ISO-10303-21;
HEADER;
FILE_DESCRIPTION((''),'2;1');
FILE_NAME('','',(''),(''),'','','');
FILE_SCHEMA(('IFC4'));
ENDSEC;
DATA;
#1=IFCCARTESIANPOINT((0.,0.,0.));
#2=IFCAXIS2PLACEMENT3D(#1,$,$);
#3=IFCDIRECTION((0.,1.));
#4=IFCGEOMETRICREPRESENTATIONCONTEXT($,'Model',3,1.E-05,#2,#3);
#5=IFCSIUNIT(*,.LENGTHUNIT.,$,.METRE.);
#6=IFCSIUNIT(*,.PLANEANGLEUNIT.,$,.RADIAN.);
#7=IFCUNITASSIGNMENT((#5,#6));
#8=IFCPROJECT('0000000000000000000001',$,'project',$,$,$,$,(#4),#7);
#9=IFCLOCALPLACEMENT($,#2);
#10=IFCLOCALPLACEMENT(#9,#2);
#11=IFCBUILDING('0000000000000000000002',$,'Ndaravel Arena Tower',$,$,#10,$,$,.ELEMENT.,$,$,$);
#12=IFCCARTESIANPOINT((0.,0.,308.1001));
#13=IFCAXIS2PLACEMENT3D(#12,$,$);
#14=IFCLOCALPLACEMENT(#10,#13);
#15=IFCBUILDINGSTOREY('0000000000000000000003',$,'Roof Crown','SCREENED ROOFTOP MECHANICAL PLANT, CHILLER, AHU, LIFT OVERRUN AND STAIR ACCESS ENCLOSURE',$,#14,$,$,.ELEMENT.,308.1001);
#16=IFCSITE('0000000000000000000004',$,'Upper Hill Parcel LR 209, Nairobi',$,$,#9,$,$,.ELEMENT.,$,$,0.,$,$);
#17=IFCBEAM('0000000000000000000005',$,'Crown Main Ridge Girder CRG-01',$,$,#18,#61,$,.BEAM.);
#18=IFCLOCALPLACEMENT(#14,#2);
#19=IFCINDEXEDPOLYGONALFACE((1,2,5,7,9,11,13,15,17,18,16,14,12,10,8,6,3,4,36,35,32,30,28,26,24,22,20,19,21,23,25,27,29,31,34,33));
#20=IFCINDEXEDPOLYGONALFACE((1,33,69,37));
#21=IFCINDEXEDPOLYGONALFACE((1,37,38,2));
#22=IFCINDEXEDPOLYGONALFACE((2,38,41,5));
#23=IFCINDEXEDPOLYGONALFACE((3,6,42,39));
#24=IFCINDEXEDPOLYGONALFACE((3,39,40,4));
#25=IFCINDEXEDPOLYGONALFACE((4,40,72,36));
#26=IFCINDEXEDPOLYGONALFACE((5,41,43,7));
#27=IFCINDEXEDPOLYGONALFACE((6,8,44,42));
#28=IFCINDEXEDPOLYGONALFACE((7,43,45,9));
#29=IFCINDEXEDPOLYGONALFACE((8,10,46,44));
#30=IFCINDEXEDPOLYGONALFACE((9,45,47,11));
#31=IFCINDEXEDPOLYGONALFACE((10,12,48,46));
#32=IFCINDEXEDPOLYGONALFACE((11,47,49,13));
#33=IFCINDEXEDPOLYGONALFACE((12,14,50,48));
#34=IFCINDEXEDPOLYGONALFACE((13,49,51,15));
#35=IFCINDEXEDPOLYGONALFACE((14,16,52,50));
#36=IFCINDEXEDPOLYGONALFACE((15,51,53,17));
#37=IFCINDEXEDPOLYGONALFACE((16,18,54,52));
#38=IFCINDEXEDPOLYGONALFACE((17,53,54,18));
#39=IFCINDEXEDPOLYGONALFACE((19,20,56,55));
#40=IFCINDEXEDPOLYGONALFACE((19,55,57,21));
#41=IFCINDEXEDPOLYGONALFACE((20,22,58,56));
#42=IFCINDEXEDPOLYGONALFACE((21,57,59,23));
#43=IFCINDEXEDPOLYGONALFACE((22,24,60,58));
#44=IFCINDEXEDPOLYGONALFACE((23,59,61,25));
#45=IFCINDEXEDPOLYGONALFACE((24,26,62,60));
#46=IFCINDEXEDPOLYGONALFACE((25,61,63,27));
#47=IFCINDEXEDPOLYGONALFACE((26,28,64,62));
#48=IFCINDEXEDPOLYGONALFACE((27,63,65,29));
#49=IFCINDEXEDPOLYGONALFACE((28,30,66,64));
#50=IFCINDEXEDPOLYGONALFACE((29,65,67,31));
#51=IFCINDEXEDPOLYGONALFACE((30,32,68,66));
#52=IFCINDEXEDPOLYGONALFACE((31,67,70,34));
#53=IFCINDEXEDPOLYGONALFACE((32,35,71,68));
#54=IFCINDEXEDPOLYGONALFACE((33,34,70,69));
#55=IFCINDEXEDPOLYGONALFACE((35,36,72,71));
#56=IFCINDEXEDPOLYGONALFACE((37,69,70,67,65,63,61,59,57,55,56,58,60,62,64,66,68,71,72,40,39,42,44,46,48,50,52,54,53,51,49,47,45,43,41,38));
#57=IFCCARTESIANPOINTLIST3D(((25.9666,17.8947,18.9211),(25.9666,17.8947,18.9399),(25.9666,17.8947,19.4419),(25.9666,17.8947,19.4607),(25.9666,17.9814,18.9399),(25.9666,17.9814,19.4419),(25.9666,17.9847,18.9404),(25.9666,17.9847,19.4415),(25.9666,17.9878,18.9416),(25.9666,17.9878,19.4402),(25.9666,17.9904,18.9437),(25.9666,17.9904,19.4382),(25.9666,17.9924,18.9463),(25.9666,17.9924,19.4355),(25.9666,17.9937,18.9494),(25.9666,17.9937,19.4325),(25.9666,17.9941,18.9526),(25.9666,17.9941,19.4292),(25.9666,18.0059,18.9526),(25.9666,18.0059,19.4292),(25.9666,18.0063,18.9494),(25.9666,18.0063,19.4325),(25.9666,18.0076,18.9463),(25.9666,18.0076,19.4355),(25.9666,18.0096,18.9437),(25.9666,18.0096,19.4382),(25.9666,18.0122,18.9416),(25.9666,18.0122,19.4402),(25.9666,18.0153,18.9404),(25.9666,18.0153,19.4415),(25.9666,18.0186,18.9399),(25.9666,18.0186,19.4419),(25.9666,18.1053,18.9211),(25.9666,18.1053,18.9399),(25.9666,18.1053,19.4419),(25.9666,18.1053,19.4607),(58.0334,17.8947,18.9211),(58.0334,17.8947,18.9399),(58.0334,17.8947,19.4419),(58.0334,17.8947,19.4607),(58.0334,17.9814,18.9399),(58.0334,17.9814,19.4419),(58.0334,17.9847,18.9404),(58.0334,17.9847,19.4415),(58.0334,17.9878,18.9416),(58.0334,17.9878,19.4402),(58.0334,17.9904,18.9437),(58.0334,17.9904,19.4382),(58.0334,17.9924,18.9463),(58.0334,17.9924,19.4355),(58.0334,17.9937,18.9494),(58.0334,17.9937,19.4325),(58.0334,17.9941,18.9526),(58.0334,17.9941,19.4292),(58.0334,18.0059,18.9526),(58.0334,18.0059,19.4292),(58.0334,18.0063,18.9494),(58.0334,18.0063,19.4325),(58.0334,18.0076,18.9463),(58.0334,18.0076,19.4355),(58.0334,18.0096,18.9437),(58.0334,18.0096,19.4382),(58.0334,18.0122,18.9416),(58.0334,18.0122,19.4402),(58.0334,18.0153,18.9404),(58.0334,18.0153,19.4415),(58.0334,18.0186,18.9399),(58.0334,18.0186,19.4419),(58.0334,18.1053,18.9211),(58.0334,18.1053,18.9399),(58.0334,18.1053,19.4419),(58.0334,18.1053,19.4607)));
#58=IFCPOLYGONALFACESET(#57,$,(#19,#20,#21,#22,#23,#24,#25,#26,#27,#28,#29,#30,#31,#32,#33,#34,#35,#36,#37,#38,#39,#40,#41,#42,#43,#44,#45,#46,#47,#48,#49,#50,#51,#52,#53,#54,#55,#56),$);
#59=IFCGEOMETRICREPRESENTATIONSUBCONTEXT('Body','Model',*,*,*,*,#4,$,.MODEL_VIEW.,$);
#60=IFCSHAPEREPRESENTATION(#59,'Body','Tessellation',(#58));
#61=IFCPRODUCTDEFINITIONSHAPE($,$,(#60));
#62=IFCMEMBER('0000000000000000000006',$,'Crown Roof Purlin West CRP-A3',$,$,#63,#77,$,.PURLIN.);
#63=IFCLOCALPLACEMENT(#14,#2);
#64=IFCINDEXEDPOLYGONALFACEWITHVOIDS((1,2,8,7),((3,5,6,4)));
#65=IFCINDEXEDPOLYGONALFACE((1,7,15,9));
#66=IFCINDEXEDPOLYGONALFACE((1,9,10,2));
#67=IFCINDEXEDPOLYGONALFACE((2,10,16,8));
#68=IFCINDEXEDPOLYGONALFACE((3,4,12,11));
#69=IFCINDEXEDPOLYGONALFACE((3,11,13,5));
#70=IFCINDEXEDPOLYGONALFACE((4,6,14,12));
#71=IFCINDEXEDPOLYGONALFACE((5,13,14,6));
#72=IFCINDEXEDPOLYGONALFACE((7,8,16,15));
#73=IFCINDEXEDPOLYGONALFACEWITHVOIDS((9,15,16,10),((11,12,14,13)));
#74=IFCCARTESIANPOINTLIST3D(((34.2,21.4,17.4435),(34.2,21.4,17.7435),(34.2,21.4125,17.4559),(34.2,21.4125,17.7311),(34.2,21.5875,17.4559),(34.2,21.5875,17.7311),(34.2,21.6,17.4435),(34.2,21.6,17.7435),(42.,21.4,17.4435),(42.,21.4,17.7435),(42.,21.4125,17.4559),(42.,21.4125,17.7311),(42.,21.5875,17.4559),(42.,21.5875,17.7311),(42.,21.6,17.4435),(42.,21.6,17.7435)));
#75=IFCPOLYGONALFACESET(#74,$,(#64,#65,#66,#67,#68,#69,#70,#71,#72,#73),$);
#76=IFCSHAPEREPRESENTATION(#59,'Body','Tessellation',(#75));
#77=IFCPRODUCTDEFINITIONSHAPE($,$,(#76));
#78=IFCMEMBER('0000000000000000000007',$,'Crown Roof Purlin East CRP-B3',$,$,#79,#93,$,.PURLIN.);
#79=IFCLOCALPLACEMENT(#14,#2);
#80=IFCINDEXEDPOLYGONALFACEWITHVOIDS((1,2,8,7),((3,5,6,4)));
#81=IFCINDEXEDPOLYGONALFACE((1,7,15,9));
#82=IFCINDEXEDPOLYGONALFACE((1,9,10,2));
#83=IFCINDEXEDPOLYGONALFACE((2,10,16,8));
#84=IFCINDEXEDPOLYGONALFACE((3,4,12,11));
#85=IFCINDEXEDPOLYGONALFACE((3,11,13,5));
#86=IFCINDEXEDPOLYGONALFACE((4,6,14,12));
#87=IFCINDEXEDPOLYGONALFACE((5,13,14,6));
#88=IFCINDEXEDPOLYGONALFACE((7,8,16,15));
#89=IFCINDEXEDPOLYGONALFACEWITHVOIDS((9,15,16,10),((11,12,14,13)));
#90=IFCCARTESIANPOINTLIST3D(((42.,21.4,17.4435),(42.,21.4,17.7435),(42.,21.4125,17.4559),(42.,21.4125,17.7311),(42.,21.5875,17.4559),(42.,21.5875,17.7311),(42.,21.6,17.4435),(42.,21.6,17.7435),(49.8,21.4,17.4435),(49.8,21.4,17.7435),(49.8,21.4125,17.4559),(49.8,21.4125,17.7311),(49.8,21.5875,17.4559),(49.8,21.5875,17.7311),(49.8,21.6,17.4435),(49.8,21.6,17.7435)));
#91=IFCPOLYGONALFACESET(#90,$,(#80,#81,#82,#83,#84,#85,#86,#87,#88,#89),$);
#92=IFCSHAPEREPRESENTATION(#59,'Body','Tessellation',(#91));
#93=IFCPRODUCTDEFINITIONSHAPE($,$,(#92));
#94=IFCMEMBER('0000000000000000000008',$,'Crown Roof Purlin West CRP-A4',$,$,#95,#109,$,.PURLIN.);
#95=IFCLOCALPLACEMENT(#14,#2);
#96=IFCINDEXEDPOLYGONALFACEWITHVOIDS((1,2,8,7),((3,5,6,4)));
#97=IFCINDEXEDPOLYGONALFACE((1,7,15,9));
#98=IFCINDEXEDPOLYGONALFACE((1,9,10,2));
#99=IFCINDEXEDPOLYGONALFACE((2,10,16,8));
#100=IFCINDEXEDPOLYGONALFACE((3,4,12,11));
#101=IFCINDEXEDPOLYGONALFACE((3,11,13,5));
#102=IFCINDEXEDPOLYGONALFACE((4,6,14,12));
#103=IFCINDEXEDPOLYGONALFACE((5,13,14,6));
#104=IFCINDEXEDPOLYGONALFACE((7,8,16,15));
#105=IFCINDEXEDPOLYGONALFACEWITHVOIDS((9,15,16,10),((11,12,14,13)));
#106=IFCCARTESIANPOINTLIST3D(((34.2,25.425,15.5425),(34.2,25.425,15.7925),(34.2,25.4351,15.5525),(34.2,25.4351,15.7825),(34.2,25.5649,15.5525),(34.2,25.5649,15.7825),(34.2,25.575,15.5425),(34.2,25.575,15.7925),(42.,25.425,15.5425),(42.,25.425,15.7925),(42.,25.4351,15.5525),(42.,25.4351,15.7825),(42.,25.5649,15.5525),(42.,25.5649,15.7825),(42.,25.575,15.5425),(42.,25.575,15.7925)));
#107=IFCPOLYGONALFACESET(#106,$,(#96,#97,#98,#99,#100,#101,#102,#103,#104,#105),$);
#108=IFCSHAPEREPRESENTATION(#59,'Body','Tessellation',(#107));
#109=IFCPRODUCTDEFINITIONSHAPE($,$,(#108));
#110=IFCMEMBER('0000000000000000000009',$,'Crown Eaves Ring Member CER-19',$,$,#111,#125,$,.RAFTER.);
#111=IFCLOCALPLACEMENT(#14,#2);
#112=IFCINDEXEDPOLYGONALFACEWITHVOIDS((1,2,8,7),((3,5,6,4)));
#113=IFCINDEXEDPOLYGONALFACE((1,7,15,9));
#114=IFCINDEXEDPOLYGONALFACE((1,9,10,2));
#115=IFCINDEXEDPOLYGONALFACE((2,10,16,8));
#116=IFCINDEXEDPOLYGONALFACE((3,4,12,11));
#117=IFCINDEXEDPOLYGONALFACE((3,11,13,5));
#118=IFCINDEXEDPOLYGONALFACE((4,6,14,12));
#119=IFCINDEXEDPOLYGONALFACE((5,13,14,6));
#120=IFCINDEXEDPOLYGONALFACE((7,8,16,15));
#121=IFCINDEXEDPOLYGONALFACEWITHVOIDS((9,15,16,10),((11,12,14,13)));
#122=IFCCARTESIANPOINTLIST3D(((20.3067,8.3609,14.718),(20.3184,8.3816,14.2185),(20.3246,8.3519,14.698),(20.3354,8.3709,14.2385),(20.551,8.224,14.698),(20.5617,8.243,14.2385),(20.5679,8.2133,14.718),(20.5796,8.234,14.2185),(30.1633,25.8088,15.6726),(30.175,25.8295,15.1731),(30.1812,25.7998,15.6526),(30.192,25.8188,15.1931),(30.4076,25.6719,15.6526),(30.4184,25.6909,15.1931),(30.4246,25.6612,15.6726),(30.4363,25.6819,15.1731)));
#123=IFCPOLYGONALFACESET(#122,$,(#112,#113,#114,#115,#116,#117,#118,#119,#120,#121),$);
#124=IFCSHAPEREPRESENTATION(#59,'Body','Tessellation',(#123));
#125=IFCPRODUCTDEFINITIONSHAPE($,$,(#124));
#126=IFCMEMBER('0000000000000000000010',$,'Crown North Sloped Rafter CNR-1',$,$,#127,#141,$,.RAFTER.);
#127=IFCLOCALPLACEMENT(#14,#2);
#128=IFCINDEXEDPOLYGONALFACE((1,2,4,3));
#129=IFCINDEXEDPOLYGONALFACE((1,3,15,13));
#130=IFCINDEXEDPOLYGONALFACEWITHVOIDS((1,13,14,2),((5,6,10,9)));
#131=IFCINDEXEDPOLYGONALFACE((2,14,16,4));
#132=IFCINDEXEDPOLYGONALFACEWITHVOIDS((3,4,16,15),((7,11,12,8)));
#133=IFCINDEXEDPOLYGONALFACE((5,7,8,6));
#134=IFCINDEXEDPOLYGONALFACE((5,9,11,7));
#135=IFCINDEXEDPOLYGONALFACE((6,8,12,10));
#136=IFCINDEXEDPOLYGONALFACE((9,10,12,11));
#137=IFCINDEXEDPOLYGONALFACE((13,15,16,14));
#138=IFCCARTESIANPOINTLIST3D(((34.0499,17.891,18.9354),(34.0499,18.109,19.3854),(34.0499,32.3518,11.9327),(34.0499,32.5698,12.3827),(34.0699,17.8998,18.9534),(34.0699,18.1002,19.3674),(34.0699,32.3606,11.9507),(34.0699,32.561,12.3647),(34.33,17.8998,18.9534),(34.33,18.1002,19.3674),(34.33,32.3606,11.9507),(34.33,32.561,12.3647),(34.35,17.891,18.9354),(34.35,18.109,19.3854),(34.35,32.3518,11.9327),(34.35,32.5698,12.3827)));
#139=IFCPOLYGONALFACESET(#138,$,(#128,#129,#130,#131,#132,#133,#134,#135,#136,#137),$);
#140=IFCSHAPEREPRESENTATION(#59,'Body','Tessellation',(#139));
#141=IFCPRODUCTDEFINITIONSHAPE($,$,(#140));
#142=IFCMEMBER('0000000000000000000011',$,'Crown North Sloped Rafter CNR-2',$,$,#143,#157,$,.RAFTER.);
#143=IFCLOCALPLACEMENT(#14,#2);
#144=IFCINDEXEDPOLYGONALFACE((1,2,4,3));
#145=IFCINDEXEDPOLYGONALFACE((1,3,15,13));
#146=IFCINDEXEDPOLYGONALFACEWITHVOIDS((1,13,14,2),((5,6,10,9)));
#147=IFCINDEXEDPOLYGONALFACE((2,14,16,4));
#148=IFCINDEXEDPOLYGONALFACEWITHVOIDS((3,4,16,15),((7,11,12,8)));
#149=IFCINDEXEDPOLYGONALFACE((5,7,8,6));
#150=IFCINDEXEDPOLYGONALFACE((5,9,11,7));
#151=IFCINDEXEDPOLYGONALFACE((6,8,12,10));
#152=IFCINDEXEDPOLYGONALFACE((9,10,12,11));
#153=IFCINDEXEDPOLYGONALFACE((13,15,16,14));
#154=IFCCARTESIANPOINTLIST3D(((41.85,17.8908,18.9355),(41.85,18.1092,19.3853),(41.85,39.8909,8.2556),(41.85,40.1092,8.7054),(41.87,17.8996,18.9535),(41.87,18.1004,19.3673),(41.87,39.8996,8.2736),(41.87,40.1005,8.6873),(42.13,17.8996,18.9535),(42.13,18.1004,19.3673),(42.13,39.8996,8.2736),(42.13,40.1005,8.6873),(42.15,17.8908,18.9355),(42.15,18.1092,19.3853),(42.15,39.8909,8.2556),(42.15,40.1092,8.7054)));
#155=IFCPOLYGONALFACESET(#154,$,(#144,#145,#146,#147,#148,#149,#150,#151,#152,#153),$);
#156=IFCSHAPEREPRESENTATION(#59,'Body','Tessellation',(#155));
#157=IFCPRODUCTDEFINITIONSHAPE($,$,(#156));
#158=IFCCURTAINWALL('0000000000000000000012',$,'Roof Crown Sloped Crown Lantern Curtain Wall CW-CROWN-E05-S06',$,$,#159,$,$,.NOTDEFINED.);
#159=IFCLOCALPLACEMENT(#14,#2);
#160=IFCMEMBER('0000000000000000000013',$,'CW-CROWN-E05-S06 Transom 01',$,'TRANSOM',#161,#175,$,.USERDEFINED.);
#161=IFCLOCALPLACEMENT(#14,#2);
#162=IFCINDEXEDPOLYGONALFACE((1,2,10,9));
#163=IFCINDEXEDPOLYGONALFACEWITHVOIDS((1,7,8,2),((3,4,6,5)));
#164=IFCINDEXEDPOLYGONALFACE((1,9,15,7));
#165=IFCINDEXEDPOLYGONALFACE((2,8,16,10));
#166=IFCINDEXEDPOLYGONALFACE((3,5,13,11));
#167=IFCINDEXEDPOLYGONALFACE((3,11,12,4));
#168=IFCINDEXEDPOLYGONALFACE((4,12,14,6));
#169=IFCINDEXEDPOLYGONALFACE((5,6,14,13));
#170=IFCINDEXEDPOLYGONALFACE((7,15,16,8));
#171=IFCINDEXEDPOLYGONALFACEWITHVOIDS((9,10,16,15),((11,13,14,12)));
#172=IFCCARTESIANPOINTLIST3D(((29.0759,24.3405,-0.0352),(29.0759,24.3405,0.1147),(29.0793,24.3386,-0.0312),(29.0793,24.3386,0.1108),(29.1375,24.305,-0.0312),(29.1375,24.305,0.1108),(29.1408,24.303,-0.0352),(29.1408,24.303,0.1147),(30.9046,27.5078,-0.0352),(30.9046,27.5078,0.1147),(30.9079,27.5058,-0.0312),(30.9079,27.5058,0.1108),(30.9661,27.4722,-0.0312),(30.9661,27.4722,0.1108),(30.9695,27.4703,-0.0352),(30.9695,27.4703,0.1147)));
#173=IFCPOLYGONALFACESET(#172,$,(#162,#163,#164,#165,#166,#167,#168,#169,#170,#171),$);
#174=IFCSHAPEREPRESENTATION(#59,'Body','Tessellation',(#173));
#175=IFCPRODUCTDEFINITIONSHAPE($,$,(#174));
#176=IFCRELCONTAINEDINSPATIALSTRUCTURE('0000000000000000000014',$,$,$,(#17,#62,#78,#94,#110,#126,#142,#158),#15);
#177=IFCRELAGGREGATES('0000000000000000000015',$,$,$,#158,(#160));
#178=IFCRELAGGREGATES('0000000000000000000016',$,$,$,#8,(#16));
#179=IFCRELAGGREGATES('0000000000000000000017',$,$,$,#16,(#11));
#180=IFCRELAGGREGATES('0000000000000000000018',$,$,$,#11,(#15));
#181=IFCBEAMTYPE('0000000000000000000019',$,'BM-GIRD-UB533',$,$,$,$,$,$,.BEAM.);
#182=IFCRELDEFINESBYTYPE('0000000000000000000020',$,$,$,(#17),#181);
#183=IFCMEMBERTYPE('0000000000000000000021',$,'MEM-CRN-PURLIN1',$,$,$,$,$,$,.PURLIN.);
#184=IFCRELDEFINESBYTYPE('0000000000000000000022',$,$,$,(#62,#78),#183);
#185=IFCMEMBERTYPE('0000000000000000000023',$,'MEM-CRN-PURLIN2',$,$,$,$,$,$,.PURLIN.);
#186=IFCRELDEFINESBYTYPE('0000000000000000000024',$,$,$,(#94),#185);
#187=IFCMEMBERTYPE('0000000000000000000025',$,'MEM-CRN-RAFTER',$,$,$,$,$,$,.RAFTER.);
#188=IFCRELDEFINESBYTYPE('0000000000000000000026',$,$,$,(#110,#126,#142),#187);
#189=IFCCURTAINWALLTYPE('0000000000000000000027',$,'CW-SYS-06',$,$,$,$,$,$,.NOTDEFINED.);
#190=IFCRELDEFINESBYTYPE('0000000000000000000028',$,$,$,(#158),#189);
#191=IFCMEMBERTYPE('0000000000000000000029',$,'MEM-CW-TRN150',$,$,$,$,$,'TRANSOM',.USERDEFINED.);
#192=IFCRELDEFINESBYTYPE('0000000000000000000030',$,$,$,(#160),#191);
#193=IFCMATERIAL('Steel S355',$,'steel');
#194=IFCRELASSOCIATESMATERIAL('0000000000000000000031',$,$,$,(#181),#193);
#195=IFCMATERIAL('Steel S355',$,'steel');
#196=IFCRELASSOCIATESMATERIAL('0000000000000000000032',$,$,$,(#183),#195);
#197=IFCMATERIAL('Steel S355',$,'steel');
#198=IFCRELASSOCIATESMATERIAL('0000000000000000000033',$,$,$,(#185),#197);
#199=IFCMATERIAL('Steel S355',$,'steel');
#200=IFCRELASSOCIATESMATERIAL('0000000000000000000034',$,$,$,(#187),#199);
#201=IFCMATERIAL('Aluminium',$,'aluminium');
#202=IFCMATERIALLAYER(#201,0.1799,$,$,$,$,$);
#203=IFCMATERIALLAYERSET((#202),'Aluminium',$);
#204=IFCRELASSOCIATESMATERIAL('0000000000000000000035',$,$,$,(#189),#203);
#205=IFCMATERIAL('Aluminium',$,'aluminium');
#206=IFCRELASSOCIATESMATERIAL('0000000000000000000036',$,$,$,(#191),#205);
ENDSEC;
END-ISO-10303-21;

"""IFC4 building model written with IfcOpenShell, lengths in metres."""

from ifc_helpers import new_model, si_unit, direction, frame, origin, origin_2d, place, context, subcontext, project, spatial, hollow_rectangle, i_section, extrude, material, layer, layer_set, material_profile, profile_set, type_object, element, aggregate, save


model = new_model("IFC4")

# Units and contexts
model_context = context("Model", 3, precision=1e-05, world=origin(), true_north=direction((0.0, 1.0)))
body_context = subcontext(model_context, "Body", "Model", "MODEL_VIEW")
ifc_project = project(units=[si_unit("LENGTHUNIT", "METRE"), si_unit("PLANEANGLEUNIT", "RADIAN")], contexts=[model_context])

# Site, building, storey
site_placement = place(None, origin())
site = spatial("IfcSite", under=ifc_project, at=site_placement, Name="Upper Hill Parcel LR 209, Nairobi", CompositionType="ELEMENT", RefElevation=0.0)
building_placement = place(site_placement, origin())
building = spatial("IfcBuilding", under=site, at=building_placement, Name="Ndaravel Arena Tower", CompositionType="ELEMENT")
storey_placement = place(building_placement, frame((0.0, 0.0, 308.1001)))
storey = spatial("IfcBuildingStorey", under=building, at=storey_placement, Name="Roof Crown", Description="SCREENED ROOFTOP MECHANICAL PLANT, CHILLER, AHU, LIFT OVERRUN AND STAIR ACCESS ENCLOSURE", CompositionType="ELEMENT", Elevation=308.1001)

# Beam
ifc_material_1 = material(Name="Steel S355", Category="steel")
ifc_material_profile_1 = material_profile(ifc_material_1, i_section(OverallWidth=0.2107, OverallDepth=0.5396, WebThickness=0.0117, FlangeThickness=0.0188, FilletRadius=0.0127, at=origin_2d()), Name="UB 533x210x109")
ifc_profile_set_1 = profile_set([ifc_material_profile_1], Name="Steel S355")
beam_type = type_object("IfcBeamType", Name="BM-GIRD-UB533", PredefinedType="BEAM", material=ifc_profile_set_1)
beam_placement = place(storey_placement, frame((25.9666, 18.0, 19.1909), z_axis=(1.0, 0.0, 0.0), x_axis=(0.0, 1.0, 0.0)))
element("IfcBeam", 1, at=beam_placement, inside=storey, type_object=beam_type, Name="Crown Main Ridge Girder CRG-01", PredefinedType="BEAM", context=body_context, shape_type="SweptSolid", body=[
    extrude(i_section(OverallWidth=0.2107, OverallDepth=0.5396, WebThickness=0.0117, FlangeThickness=0.0188, FilletRadius=0.0127, at=origin_2d()), origin(), (0.0, 0.0, 1.0), 32.0669),
])

# Members
ifc_material_2 = material(Name="Steel S355", Category="steel")
ifc_material_profile_2 = material_profile(ifc_material_2, hollow_rectangle(XDim=0.2, YDim=0.3, WallThickness=0.0125, at=origin_2d()), Name="RHS 300x200x12.5")
ifc_profile_set_2 = profile_set([ifc_material_profile_2], Name="Steel S355")
member_type_1 = type_object("IfcMemberType", Name="MEM-CRN-PURLIN1", PredefinedType="PURLIN", material=ifc_profile_set_2)
for number, where, z_axis, x_axis, name in (
    (2, (34.2, 21.5, 17.5935), (1.0, 0.0, 0.0), (0.0, 1.0, 0.0), "Crown Roof Purlin West CRP-A3"),
    (3, (42.0, 21.5, 17.5935), (1.0, 0.0, 0.0), (0.0, 1.0, 0.0), "Crown Roof Purlin East CRP-B3"),
):
    element("IfcMember", number, at=place(storey_placement, frame(where, z_axis=z_axis, x_axis=x_axis)), inside=storey, type_object=member_type_1, Name=name, PredefinedType="PURLIN", context=body_context, shape_type="SweptSolid", body=[
        extrude(hollow_rectangle(XDim=0.2, YDim=0.3, WallThickness=0.0125, at=origin_2d()), origin(), (0.0, 0.0, 1.0), 7.8),
    ])
ifc_material_3 = material(Name="Steel S355", Category="steel")
ifc_material_profile_3 = material_profile(ifc_material_3, hollow_rectangle(XDim=0.1499, YDim=0.25, WallThickness=0.01, at=origin_2d()), Name="RHS 250x150x10")
ifc_profile_set_3 = profile_set([ifc_material_profile_3], Name="Steel S355")
member_type_2 = type_object("IfcMemberType", Name="MEM-CRN-PURLIN2", PredefinedType="PURLIN", material=ifc_profile_set_3)
member_1_placement = place(storey_placement, frame((34.2, 25.5, 15.6675), z_axis=(1.0, 0.0, 0.0), x_axis=(0.0, 1.0, 0.0)))
element("IfcMember", 4, at=member_1_placement, inside=storey, type_object=member_type_2, Name="Crown Roof Purlin West CRP-A4", PredefinedType="PURLIN", context=body_context, shape_type="SweptSolid", body=[
    extrude(hollow_rectangle(XDim=0.1499, YDim=0.25, WallThickness=0.01, at=origin_2d()), origin(), (0.0, 0.0, 1.0), 7.8),
])
ifc_material_4 = material(Name="Steel S355", Category="steel")
ifc_material_profile_4 = material_profile(ifc_material_4, hollow_rectangle(XDim=0.3, YDim=0.5, WallThickness=0.02, at=origin_2d()), Name="RHS 500x300x20")
ifc_profile_set_4 = profile_set([ifc_material_profile_4], Name="Steel S355")
member_type_3 = type_object("IfcMemberType", Name="MEM-CRN-RAFTER", PredefinedType="RAFTER", material=ifc_profile_set_4)
member_2_placement = place(storey_placement, frame((30.2998, 25.7454, 15.4229), z_axis=(-0.491303, -0.869688, -0.047581), x_axis=(0.870674, -0.49186, 0.0)))
element("IfcMember", 5, at=member_2_placement, inside=storey, type_object=member_type_3, Name="Crown Eaves Ring Member CER-19", PredefinedType="RAFTER", context=body_context, shape_type="SweptSolid", body=[
    extrude(hollow_rectangle(XDim=0.3, YDim=0.5, WallThickness=0.02, at=origin_2d()), origin(), (0.0, 0.0, 1.0), 20.0623),
])
member_3_placement = place(storey_placement, frame((34.2, 18.0, 19.1604), z_axis=(0.0, 0.900023, -0.435842), x_axis=(-1.0, 0.0, 0.0)))
element("IfcMember", 6, at=member_3_placement, inside=storey, type_object=member_type_3, Name="Crown North Sloped Rafter CNR-1", PredefinedType="RAFTER", context=body_context, shape_type="SweptSolid", body=[
    extrude(hollow_rectangle(XDim=0.3, YDim=0.5, WallThickness=0.02, at=origin_2d()), origin(), (0.0, 0.0, 1.0), 16.0671),
])
member_4_placement = place(storey_placement, frame((42.0, 18.0, 19.1604), z_axis=(0.0, 0.899601, -0.436713), x_axis=(-1.0, 0.0, 0.0)))
element("IfcMember", 7, at=member_4_placement, inside=storey, type_object=member_type_3, Name="Crown North Sloped Rafter CNR-2", PredefinedType="RAFTER", context=body_context, shape_type="SweptSolid", body=[
    extrude(hollow_rectangle(XDim=0.3, YDim=0.5, WallThickness=0.02, at=origin_2d()), origin(), (0.0, 0.0, 1.0), 24.4553),
])

# Curtain wall, member
ifc_material_5 = material(Name="Aluminium", Category="aluminium")
ifc_layer_1 = layer(ifc_material_5, 0.1799)
ifc_layer_set_1 = layer_set([ifc_layer_1], Name="Aluminium")
curtain_wall_type = type_object("IfcCurtainWallType", Name="CW-SYS-06", PredefinedType="NOTDEFINED", material=ifc_layer_set_1)
curtain_wall_1_placement = place(storey_placement, origin())
curtain_wall_1 = element("IfcCurtainWall", 8, at=curtain_wall_1_placement, inside=storey, type_object=curtain_wall_type, Name="Roof Crown Sloped Crown Lantern Curtain Wall CW-CROWN-E05-S06", PredefinedType="NOTDEFINED")
ifc_material_6 = material(Name="Aluminium", Category="aluminium")
ifc_material_profile_5 = material_profile(ifc_material_6, hollow_rectangle(XDim=0.075, YDim=0.1499, WallThickness=0.0039, at=origin_2d()), Name="CW TRANSOM 75x150x4")
ifc_profile_set_5 = profile_set([ifc_material_profile_5], Name="Aluminium")
member_type_4 = type_object("IfcMemberType", Name="MEM-CW-TRN150", ElementType="TRANSOM", PredefinedType="USERDEFINED", material=ifc_profile_set_5)
member_5_placement = place(storey_placement, frame((30.937, 27.489, 0.0398), z_axis=(-0.500002, -0.866024, 0.0), x_axis=(0.866024, -0.500002, 0.0)))
member_5 = element("IfcMember", 9, at=member_5_placement, type_object=member_type_4, Name="CW-CROWN-E05-S06 Transom 01", ObjectType="TRANSOM", PredefinedType="USERDEFINED", context=body_context, shape_type="SweptSolid", body=[
    extrude(hollow_rectangle(XDim=0.075, YDim=0.1499, WallThickness=0.0039, at=origin_2d()), origin(), (0.0, 0.0, 1.0), 3.6572),
])

aggregate(curtain_wall_1, [member_5])

save(model, "model.ifc")
